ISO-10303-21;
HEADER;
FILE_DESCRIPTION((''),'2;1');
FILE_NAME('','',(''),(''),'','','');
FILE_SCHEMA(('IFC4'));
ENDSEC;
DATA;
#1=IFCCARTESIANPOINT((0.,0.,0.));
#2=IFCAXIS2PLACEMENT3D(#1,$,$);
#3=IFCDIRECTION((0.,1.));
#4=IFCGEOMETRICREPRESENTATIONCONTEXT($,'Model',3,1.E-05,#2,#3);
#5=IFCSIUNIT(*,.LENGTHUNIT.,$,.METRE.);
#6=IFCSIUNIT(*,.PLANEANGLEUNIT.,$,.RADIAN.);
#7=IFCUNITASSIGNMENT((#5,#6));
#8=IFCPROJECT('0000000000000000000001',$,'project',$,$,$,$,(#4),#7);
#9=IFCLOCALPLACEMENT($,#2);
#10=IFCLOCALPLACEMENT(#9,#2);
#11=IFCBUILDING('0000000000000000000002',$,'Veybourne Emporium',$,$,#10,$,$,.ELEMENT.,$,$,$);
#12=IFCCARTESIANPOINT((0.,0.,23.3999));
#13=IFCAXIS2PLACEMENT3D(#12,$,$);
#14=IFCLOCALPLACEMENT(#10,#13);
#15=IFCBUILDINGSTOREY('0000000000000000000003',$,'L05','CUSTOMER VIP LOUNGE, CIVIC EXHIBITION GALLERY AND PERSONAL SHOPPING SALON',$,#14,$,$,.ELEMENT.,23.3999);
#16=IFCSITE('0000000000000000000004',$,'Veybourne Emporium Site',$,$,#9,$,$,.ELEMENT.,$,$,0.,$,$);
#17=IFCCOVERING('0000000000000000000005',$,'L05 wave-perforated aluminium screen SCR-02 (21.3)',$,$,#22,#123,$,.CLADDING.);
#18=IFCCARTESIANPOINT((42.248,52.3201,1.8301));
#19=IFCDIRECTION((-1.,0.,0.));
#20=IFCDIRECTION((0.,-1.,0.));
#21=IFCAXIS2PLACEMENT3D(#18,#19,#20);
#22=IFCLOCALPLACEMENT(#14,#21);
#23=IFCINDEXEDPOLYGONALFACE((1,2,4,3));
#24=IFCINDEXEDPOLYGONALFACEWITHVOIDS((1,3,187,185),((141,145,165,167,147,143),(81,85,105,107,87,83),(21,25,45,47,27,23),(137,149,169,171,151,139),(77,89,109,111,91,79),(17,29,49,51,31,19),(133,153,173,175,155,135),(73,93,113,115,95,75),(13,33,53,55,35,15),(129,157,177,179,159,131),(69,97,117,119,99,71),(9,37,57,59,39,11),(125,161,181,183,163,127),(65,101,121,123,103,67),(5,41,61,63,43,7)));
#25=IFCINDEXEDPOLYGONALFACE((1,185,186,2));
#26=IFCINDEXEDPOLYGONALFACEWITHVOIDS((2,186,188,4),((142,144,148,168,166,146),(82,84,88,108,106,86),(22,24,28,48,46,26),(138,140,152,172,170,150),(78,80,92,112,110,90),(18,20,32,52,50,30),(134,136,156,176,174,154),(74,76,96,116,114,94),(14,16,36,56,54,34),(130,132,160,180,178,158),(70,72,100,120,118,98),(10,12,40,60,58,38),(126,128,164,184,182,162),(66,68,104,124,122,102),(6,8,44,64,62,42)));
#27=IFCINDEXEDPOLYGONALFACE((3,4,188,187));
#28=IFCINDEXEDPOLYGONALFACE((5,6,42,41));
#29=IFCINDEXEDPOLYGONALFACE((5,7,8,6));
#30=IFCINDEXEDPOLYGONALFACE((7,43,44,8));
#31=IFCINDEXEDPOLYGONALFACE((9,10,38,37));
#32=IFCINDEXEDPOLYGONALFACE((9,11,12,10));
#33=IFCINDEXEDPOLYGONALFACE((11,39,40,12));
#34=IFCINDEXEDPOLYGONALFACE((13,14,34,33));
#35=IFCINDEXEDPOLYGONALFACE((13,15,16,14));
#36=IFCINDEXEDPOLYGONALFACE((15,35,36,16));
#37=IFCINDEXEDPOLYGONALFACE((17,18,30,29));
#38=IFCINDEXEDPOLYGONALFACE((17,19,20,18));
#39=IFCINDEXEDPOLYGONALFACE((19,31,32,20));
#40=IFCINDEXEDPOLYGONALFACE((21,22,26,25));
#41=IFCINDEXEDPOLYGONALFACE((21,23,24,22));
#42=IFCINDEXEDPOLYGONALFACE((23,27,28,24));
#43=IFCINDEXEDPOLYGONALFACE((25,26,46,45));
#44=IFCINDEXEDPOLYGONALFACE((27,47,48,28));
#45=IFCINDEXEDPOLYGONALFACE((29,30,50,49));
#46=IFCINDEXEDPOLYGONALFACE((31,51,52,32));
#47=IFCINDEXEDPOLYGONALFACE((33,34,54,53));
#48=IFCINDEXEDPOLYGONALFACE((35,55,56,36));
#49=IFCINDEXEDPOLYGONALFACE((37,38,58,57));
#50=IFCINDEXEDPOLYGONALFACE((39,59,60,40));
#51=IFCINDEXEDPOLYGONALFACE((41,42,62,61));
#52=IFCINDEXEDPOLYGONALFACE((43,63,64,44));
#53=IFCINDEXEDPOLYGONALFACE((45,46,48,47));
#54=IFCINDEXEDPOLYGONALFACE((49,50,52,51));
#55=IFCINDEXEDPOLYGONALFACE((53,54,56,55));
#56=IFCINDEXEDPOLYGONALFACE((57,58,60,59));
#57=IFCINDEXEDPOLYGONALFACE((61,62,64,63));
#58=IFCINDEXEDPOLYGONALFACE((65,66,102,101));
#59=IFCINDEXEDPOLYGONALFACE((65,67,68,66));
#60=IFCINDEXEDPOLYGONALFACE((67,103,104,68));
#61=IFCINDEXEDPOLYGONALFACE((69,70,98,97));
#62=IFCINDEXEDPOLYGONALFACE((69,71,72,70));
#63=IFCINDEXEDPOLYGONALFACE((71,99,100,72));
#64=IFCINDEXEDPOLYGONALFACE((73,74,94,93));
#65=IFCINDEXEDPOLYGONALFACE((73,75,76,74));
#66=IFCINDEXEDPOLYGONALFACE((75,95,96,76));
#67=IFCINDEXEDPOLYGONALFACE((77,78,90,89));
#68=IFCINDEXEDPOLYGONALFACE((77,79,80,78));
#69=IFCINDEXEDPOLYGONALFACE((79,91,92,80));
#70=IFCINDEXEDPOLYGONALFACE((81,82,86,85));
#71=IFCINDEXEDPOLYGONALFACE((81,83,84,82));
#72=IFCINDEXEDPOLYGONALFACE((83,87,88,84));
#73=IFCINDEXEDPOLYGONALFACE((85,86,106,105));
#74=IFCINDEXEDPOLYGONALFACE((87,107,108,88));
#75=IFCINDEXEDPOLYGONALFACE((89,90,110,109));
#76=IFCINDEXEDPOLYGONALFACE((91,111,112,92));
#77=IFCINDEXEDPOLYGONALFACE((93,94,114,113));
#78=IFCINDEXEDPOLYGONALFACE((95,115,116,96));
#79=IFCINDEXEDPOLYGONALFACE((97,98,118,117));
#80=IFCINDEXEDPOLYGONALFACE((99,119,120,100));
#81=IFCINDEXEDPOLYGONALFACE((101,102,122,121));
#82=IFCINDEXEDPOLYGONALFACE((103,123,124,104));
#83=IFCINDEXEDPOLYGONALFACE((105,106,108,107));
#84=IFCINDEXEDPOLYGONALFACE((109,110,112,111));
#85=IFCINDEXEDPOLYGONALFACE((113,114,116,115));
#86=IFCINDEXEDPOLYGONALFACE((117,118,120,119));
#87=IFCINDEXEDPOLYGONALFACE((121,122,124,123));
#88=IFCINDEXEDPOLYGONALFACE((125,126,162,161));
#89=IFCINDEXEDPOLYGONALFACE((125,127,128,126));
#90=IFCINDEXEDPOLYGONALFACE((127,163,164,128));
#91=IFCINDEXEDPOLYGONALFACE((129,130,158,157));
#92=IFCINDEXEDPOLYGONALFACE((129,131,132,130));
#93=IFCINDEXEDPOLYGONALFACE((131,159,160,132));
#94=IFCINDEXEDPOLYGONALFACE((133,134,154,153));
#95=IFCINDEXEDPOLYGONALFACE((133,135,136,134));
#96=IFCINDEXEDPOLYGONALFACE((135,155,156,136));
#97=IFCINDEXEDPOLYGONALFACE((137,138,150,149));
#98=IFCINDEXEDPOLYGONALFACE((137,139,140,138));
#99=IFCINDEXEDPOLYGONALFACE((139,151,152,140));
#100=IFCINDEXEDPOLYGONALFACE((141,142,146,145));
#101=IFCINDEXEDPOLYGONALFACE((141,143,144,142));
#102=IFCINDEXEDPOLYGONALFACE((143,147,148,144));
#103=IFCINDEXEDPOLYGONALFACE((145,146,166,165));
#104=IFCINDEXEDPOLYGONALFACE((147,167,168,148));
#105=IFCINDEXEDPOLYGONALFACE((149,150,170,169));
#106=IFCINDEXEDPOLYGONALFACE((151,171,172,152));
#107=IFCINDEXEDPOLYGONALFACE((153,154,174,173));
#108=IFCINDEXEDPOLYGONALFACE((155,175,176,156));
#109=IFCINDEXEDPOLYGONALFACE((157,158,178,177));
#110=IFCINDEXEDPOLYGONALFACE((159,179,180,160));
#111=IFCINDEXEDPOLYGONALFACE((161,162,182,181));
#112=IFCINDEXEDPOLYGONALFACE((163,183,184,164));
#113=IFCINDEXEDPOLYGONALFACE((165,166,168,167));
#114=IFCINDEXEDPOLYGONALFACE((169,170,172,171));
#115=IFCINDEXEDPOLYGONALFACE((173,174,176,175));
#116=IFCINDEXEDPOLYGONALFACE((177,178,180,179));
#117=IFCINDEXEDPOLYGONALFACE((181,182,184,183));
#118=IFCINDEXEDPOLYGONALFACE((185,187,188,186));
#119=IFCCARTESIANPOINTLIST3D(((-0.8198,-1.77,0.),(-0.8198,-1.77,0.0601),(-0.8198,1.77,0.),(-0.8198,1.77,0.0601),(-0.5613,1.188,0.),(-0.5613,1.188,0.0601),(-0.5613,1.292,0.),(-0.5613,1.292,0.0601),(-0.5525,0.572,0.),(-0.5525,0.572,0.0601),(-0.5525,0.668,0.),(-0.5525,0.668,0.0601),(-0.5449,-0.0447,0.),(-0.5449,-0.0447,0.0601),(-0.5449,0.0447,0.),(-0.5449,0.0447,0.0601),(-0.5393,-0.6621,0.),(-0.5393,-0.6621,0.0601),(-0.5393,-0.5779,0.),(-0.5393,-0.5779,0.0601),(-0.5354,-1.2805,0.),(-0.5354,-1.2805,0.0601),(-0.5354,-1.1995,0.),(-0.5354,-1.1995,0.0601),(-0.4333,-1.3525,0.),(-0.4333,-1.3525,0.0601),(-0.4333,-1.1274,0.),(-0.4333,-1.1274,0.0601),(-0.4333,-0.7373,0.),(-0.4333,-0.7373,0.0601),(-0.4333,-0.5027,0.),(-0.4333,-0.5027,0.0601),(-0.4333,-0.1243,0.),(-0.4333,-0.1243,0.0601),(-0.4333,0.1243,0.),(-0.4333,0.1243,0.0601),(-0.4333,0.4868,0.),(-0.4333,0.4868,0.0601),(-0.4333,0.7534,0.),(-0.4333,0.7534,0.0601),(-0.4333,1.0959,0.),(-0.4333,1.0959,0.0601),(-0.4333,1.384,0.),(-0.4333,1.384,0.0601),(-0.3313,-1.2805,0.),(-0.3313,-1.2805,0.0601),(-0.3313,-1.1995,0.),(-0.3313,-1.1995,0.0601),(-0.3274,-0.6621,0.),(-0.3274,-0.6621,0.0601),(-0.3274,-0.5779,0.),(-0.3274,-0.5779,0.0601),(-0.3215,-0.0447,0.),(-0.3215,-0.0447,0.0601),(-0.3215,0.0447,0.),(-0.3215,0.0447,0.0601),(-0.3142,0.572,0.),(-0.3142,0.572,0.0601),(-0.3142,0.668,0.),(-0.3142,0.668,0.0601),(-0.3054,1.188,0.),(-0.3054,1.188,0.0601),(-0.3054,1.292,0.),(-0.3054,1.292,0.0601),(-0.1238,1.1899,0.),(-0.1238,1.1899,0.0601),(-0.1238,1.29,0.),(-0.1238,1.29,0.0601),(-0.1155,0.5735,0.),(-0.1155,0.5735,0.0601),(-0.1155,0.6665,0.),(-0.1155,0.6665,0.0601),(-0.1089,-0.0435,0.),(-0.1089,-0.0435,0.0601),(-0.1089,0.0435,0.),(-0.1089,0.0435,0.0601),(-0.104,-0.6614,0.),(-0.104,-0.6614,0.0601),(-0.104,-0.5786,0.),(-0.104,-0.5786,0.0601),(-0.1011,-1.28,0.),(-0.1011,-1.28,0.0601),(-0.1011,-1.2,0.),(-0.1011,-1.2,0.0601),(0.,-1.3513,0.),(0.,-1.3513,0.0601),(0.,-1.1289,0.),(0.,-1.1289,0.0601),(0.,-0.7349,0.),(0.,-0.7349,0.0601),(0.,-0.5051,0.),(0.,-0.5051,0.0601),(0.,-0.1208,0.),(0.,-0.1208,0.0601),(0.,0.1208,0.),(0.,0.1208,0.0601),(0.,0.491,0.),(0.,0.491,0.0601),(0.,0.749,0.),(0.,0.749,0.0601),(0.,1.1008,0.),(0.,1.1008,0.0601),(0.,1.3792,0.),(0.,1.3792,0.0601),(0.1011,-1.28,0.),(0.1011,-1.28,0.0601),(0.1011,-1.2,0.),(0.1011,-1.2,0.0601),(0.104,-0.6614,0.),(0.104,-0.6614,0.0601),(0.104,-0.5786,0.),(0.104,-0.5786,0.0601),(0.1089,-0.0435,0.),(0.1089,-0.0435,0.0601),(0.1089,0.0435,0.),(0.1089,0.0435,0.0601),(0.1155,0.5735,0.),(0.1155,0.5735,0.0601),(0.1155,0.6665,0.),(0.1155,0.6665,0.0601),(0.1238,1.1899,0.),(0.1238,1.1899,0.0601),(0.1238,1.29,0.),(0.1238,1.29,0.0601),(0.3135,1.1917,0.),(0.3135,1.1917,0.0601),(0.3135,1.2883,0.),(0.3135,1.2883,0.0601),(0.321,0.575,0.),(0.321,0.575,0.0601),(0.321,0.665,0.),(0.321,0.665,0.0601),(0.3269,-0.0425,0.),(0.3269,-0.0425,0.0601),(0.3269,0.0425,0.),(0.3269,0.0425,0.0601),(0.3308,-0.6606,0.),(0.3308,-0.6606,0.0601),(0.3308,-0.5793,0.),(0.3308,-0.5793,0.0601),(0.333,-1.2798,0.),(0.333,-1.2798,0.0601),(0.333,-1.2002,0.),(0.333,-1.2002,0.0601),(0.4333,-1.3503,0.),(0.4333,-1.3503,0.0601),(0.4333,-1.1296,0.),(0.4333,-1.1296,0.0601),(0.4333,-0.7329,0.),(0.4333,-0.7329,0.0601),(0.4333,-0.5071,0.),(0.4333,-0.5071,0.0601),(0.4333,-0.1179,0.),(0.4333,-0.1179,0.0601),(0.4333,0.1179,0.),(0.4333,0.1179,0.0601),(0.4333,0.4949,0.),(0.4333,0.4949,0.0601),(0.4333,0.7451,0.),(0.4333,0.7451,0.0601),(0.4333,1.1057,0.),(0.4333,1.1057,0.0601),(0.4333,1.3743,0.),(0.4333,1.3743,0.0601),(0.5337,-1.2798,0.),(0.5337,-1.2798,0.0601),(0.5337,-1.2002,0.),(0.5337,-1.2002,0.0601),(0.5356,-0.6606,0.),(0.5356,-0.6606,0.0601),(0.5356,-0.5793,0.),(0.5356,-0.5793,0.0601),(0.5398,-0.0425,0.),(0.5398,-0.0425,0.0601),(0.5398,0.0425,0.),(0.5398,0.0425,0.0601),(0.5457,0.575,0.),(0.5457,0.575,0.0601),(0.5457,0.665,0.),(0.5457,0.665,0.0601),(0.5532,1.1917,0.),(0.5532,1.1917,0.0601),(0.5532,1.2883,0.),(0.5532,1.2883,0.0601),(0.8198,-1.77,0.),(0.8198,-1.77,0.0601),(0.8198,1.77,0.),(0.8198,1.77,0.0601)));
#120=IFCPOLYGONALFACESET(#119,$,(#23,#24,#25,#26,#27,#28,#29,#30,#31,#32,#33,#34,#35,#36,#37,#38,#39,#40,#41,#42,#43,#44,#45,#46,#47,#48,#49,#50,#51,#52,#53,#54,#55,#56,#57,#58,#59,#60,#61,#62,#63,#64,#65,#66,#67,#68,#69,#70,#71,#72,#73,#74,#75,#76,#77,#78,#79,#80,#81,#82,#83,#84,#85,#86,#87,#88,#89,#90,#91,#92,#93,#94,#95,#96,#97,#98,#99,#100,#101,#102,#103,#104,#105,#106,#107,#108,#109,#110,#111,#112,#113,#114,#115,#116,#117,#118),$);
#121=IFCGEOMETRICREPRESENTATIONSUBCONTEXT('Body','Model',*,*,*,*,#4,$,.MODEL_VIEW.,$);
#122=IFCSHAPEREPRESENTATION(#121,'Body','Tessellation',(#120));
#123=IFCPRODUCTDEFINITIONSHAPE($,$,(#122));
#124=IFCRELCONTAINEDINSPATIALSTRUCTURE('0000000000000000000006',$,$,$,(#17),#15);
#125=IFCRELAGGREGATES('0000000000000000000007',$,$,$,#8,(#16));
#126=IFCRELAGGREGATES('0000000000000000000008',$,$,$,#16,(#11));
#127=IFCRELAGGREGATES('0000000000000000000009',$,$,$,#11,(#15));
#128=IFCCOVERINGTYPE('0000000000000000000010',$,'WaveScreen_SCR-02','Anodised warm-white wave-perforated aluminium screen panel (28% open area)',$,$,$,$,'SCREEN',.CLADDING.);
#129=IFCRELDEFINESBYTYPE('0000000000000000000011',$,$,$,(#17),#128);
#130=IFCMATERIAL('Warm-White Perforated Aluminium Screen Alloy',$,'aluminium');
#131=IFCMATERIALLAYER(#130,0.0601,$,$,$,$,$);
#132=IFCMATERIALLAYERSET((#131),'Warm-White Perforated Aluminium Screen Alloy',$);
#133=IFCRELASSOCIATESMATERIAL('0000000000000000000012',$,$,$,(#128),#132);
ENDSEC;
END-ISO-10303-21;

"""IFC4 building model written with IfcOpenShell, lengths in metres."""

from ifc_helpers import new_model, si_unit, direction, frame, origin, place, context, subcontext, project, spatial, polyline, outline, extrude, material, layer, layer_set, type_object, element, save


model = new_model("IFC4")

# Units and contexts
model_context = context("Model", 3, precision=1e-05, world=origin(), true_north=direction((0.0, 1.0)))
body_context = subcontext(model_context, "Body", "Model", "MODEL_VIEW")
ifc_project = project(units=[si_unit("LENGTHUNIT", "METRE"), si_unit("PLANEANGLEUNIT", "RADIAN")], contexts=[model_context])

# Site, building, storey
site_placement = place(None, origin())
site = spatial("IfcSite", under=ifc_project, at=site_placement, Name="Veybourne Emporium Site", CompositionType="ELEMENT", RefElevation=0.0)
building_placement = place(site_placement, origin())
building = spatial("IfcBuilding", under=site, at=building_placement, Name="Veybourne Emporium", CompositionType="ELEMENT")
storey_placement = place(building_placement, frame((0.0, 0.0, 23.3999)))
storey = spatial("IfcBuildingStorey", under=building, at=storey_placement, Name="L05", Description="CUSTOMER VIP LOUNGE, CIVIC EXHIBITION GALLERY AND PERSONAL SHOPPING SALON", CompositionType="ELEMENT", Elevation=23.3999)

# Covering
ifc_material_1 = material(Name="Warm-White Perforated Aluminium Screen Alloy", Category="aluminium")
ifc_layer_1 = layer(ifc_material_1, 0.0601)
ifc_layer_set_1 = layer_set([ifc_layer_1], Name="Warm-White Perforated Aluminium Screen Alloy")
covering_type_1 = type_object("IfcCoveringType", Name="WaveScreen_SCR-02", Description="Anodised warm-white wave-perforated aluminium screen panel (28% open area)", ElementType="SCREEN", PredefinedType="CLADDING", material=ifc_layer_set_1)
covering_1_placement = place(storey_placement, frame((42.248, 52.3201, 1.8301), z_axis=(-1.0, 0.0, 0.0), x_axis=(0.0, -1.0, 0.0)))
element("IfcCovering", 1, at=covering_1_placement, inside=storey, type_object=covering_type_1, Name="L05 wave-perforated aluminium screen SCR-02 (21.3)", PredefinedType="CLADDING", context=body_context, shape_type="SweptSolid", body=[
    extrude(outline(polyline([(-0.8198, -1.77), (0.8198, -1.77), (0.8198, 1.77), (-0.8198, 1.77), (-0.8198, -1.77)]), holes=[polyline([(-0.4333, -1.1274), (-0.3313, -1.1995), (-0.3313, -1.2805), (-0.4333, -1.3525), (-0.5354, -1.2805), (-0.5354, -1.1995), (-0.4333, -1.1274)]), polyline([(-0.4333, -0.5027), (-0.3274, -0.5779), (-0.3274, -0.6621), (-0.4333, -0.7373), (-0.5393, -0.6621), (-0.5393, -0.5779), (-0.4333, -0.5027)]), polyline([(-0.4333, 0.1243), (-0.3215, 0.0447), (-0.3215, -0.0447), (-0.4333, -0.1243), (-0.5449, -0.0447), (-0.5449, 0.0447), (-0.4333, 0.1243)]), polyline([(-0.4333, 0.7534), (-0.3142, 0.668), (-0.3142, 0.572), (-0.4333, 0.4868), (-0.5525, 0.572), (-0.5525, 0.668), (-0.4333, 0.7534)]), polyline([(-0.4333, 1.384), (-0.3054, 1.292), (-0.3054, 1.188), (-0.4333, 1.0959), (-0.5613, 1.188), (-0.5613, 1.292), (-0.4333, 1.384)]), polyline([(0.0, -1.1289), (0.1011, -1.2), (0.1011, -1.28), (0.0, -1.3513), (-0.1011, -1.28), (-0.1011, -1.2), (0.0, -1.1289)]), polyline([(0.0, -0.5051), (0.104, -0.5786), (0.104, -0.6614), (0.0, -0.7349), (-0.104, -0.6614), (-0.104, -0.5786), (0.0, -0.5051)]), polyline([(0.0, 0.1208), (0.1089, 0.0435), (0.1089, -0.0435), (0.0, -0.1208), (-0.1089, -0.0435), (-0.1089, 0.0435), (0.0, 0.1208)]), polyline([(0.0, 0.749), (0.1155, 0.6665), (0.1155, 0.5735), (0.0, 0.491), (-0.1155, 0.5735), (-0.1155, 0.6665), (0.0, 0.749)]), polyline([(0.0, 1.3792), (0.1238, 1.29), (0.1238, 1.1899), (0.0, 1.1008), (-0.1238, 1.1899), (-0.1238, 1.29), (0.0, 1.3792)]), polyline([(0.4333, -1.1296), (0.5337, -1.2002), (0.5337, -1.2798), (0.4333, -1.3503), (0.333, -1.2798), (0.333, -1.2002), (0.4333, -1.1296)]), polyline([(0.4333, -0.5071), (0.5356, -0.5793), (0.5356, -0.6606), (0.4333, -0.7329), (0.3308, -0.6606), (0.3308, -0.5793), (0.4333, -0.5071)]), polyline([(0.4333, 0.1179), (0.5398, 0.0425), (0.5398, -0.0425), (0.4333, -0.1179), (0.3269, -0.0425), (0.3269, 0.0425), (0.4333, 0.1179)]), polyline([(0.4333, 0.7451), (0.5457, 0.665), (0.5457, 0.575), (0.4333, 0.4949), (0.321, 0.575), (0.321, 0.665), (0.4333, 0.7451)]), polyline([(0.4333, 1.3743), (0.5532, 1.2883), (0.5532, 1.1917), (0.4333, 1.1057), (0.3135, 1.1917), (0.3135, 1.2883), (0.4333, 1.3743)])]), origin(), (0.0, 0.0, 1.0), 0.0601),
])

save(model, "model.ifc")
